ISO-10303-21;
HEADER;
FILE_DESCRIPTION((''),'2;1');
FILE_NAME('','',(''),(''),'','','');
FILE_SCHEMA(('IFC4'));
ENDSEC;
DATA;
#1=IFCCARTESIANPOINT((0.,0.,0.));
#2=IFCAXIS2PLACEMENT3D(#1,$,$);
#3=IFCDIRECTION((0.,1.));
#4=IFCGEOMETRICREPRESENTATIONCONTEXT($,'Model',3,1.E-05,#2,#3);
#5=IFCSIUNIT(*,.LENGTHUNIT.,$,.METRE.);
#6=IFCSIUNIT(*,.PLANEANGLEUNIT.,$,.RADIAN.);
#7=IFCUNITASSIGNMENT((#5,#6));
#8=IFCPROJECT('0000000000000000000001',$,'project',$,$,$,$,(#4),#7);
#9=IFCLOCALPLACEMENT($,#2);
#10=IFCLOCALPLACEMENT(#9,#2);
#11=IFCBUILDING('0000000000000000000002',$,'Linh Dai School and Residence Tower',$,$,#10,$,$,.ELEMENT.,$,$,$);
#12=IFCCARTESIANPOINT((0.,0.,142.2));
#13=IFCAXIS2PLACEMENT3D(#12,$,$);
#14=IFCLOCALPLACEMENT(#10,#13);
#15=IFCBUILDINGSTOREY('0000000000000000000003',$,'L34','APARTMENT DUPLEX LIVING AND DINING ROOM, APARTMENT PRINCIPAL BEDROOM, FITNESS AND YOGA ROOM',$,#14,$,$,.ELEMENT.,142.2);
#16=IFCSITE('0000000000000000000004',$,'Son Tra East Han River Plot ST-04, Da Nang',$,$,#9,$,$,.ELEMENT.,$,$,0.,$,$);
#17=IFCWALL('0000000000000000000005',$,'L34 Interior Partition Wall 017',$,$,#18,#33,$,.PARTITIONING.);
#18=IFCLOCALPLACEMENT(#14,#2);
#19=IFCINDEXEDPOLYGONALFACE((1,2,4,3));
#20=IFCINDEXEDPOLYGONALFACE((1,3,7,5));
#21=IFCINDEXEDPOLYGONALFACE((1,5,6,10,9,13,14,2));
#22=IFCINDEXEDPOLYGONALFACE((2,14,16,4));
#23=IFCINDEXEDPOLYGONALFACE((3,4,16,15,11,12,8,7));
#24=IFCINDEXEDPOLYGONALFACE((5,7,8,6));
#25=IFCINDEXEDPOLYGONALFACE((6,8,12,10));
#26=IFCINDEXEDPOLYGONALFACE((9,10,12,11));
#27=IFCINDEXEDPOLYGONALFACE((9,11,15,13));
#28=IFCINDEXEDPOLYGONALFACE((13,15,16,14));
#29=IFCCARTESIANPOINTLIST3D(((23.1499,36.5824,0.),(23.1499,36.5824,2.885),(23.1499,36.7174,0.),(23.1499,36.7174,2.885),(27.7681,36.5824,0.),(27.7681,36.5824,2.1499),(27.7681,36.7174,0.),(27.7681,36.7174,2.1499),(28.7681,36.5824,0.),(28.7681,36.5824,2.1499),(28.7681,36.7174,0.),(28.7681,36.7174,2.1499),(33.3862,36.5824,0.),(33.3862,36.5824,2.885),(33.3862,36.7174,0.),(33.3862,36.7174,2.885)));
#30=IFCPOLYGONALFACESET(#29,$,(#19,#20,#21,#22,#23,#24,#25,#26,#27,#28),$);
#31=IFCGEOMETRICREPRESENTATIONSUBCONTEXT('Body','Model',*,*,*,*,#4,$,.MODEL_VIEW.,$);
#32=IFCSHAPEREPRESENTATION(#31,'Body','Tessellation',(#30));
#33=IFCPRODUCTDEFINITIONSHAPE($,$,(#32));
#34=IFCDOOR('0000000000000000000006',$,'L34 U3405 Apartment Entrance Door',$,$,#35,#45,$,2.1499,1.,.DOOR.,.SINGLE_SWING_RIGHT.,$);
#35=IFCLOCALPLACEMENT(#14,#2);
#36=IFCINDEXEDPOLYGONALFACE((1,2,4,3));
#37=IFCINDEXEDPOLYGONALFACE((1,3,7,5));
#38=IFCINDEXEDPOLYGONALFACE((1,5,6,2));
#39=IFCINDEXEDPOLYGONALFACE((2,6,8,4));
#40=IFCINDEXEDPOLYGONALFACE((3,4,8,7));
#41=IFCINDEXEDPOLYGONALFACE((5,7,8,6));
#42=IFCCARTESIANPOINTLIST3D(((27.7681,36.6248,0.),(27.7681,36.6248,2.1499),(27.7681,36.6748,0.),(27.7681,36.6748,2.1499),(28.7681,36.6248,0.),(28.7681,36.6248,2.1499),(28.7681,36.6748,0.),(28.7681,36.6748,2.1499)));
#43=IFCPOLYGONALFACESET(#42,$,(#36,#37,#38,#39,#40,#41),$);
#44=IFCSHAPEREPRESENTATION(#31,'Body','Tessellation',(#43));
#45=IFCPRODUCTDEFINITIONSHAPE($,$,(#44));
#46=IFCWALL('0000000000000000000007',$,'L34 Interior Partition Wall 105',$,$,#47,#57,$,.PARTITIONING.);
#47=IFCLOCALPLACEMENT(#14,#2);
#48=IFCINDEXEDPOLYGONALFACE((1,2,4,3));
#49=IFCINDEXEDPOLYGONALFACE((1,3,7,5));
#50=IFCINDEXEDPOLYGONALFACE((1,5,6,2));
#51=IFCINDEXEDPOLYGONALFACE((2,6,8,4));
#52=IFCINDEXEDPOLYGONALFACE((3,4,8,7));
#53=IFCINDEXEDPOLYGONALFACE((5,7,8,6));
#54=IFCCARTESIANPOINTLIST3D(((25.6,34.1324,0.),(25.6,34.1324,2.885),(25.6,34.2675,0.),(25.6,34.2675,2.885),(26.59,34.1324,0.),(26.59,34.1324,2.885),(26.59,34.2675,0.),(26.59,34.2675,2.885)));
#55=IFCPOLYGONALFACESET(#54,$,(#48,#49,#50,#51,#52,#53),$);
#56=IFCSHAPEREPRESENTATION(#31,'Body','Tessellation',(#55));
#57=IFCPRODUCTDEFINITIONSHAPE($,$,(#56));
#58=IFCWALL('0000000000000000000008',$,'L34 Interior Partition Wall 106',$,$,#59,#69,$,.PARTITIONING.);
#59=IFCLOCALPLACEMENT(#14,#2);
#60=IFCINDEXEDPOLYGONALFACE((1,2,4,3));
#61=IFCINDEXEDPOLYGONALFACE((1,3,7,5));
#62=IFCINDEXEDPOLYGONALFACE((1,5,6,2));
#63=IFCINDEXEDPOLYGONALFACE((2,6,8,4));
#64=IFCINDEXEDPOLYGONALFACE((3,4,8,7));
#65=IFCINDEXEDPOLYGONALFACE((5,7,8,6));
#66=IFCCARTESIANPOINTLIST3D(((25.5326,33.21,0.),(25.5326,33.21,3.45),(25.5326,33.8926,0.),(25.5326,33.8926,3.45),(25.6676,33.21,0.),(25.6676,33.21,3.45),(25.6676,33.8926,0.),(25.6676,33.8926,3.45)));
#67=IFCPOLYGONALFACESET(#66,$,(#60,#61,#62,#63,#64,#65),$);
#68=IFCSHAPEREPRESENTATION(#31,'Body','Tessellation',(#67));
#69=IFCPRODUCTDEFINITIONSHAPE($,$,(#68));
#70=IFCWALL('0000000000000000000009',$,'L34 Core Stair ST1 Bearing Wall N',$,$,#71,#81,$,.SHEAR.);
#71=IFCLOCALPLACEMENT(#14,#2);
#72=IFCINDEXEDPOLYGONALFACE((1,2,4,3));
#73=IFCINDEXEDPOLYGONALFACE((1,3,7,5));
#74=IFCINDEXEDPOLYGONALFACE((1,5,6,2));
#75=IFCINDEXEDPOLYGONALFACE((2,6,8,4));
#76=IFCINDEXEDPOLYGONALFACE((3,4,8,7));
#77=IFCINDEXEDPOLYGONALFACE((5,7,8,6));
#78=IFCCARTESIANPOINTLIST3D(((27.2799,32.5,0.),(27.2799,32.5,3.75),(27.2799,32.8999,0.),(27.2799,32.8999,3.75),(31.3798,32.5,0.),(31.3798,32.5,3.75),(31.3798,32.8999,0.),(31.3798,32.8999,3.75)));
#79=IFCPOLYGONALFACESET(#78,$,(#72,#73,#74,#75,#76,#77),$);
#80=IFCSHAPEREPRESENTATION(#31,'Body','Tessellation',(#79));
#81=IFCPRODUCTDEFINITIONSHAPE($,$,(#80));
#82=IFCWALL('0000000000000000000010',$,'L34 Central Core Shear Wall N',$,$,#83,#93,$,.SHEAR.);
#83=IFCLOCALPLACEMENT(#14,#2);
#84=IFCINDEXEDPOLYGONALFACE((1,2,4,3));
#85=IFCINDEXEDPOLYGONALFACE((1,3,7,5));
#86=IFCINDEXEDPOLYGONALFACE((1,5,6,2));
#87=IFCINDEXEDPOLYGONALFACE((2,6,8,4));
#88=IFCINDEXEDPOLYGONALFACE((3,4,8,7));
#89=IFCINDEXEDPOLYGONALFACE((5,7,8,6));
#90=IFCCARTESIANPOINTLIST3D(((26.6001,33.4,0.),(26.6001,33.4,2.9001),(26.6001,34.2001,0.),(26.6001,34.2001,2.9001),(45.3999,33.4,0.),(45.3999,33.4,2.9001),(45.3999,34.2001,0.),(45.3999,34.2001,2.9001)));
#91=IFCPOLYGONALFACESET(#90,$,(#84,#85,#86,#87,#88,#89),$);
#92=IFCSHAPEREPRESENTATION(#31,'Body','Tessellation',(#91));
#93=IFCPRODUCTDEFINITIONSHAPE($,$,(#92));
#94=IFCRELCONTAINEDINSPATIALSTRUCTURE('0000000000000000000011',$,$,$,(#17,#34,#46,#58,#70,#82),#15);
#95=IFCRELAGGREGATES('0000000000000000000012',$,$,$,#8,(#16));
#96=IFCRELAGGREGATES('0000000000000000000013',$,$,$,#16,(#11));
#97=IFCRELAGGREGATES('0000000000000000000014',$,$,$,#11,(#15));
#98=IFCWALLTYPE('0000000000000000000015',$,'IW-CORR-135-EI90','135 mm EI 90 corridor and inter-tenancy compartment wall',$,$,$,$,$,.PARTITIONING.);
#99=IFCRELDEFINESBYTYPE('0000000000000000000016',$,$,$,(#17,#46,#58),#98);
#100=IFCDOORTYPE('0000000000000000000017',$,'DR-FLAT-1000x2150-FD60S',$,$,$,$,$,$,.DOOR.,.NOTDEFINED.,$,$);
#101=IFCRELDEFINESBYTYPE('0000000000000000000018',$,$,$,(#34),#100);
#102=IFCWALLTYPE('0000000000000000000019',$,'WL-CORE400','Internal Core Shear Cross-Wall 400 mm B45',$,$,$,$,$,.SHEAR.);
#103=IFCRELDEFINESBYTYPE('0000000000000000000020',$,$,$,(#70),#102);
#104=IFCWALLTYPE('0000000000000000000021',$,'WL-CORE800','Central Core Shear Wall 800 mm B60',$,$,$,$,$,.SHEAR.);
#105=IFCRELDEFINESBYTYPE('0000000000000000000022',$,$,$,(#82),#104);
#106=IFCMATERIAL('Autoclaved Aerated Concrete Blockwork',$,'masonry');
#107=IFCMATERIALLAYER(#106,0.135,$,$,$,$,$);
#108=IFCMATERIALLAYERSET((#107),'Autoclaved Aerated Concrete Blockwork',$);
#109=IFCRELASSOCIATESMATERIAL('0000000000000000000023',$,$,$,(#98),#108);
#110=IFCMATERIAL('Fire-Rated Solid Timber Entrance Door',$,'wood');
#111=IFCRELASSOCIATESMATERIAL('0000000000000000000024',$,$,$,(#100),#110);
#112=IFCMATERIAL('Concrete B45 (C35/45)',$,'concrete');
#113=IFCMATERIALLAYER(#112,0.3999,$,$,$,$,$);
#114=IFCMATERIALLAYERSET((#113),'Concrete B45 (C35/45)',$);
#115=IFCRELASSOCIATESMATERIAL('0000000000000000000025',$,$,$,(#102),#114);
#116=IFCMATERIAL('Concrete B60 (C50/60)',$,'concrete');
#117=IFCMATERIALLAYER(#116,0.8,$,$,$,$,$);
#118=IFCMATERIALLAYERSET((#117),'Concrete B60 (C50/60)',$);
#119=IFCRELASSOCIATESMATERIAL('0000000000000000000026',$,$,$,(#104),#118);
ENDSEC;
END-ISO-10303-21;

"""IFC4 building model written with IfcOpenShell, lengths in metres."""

from ifc_helpers import new_model, si_unit, direction, frame, frame_2d, origin, origin_2d, place, context, subcontext, project, spatial, rectangle, extrude, source, transform, mapped, material, layer, layer_set, type_object, element, fill, save


model = new_model("IFC4")

# Units and contexts
model_context = context("Model", 3, precision=1e-05, world=origin(), true_north=direction((0.0, 1.0)))
body_context = subcontext(model_context, "Body", "Model", "MODEL_VIEW")
ifc_project = project(units=[si_unit("LENGTHUNIT", "METRE"), si_unit("PLANEANGLEUNIT", "RADIAN")], contexts=[model_context])

# Site, building, storey
site_placement = place(None, origin())
site = spatial("IfcSite", under=ifc_project, at=site_placement, Name="Son Tra East Han River Plot ST-04, Da Nang", CompositionType="ELEMENT", RefElevation=0.0)
building_placement = place(site_placement, origin())
building = spatial("IfcBuilding", under=site, at=building_placement, Name="Linh Dai School and Residence Tower", CompositionType="ELEMENT")
storey_placement = place(building_placement, frame((0.0, 0.0, 142.2)))
storey = spatial("IfcBuildingStorey", under=building, at=storey_placement, Name="L34", Description="APARTMENT DUPLEX LIVING AND DINING ROOM, APARTMENT PRINCIPAL BEDROOM, FITNESS AND YOGA ROOM", CompositionType="ELEMENT", Elevation=142.2)

# Shared definitions
ifc_material_1 = material(Name="Concrete B60 (C50/60)", Category="concrete")

# Wall, opening, door
ifc_material_2 = material(Name="Autoclaved Aerated Concrete Blockwork", Category="masonry")
ifc_layer_1 = layer(ifc_material_2, 0.135)
ifc_layer_set_1 = layer_set([ifc_layer_1], Name="Autoclaved Aerated Concrete Blockwork")
wall_type_1 = type_object("IfcWallType", Name="IW-CORR-135-EI90", Description="135 mm EI 90 corridor and inter-tenancy compartment wall", PredefinedType="PARTITIONING", material=ifc_layer_set_1)
wall_1_placement = place(storey_placement, frame((23.1499, 36.6499, 0.0), z_axis=(0.0, 0.0, 1.0), x_axis=(1.0, 0.0, 0.0)))
wall_1 = element("IfcWall", 1, at=wall_1_placement, inside=storey, type_object=wall_type_1, Name="L34 Interior Partition Wall 017", PredefinedType="PARTITIONING", context=body_context, shape_type="SweptSolid", body=[
    extrude(rectangle(XDim=10.2363, YDim=0.135, at=frame_2d((5.1182, 0.0))), origin(), (0.0, 0.0, 1.0), 2.885),
])
opening_1_placement = place(wall_1_placement, frame((4.6182, 0.0, 0.0)))
opening_1 = element("IfcOpeningElement", 2, at=opening_1_placement, cuts=wall_1, PredefinedType="OPENING", context=body_context, shape_type="SweptSolid", body=[
    extrude(rectangle(XDim=1.0, YDim=2.1499, at=origin_2d()), frame((0.5, 0.0776, 1.075), z_axis=(0.0, -1.0, 0.0), x_axis=(1.0, 0.0, 0.0)), (0.0, 0.0, 1.0), 0.155),
])
ifc_material_3 = material(Name="Fire-Rated Solid Timber Entrance Door", Category="wood")
door_type = type_object("IfcDoorType", Name="DR-FLAT-1000x2150-FD60S", OperationType="NOTDEFINED", PredefinedType="DOOR", material=ifc_material_3)
shared_shape_1 = source(origin(), body_context, "Body", "SweptSolid", [
    extrude(rectangle(XDim=1.0, YDim=2.1499, at=origin_2d()), frame((0.5, 0.0249, 1.075), z_axis=(0.0, -1.0, 0.0), x_axis=(1.0, 0.0, 0.0)), (0.0, 0.0, 1.0), 0.05),
])
door_placement = place(opening_1_placement, origin())
door = element("IfcDoor", 3, at=door_placement, inside=storey, type_object=door_type, Name="L34 U3405 Apartment Entrance Door", OperationType="SINGLE_SWING_RIGHT", OverallHeight=2.1499, OverallWidth=1.0, PredefinedType="DOOR", context=body_context, shape_type="MappedRepresentation", body=[
    mapped(shared_shape_1, transform((0.0, 0.0, 0.0), x_axis=(1.0, 0.0, 0.0), y_axis=(0.0, 1.0, 0.0), z_axis=(0.0, 0.0, 1.0), scale=1.0)),
])
fill(opening_1, door)

# Walls
wall_2_placement = place(storey_placement, frame((26.5901, 34.2, 0.0), z_axis=(0.0, 0.0, 1.0), x_axis=(-1.0, 0.0, 0.0)))
element("IfcWall", 4, at=wall_2_placement, inside=storey, type_object=wall_type_1, Name="L34 Interior Partition Wall 105", PredefinedType="PARTITIONING", context=body_context, shape_type="SweptSolid", body=[
    extrude(rectangle(XDim=0.99, YDim=0.135, at=frame_2d((0.4951, 0.0))), origin(), (0.0, 0.0, 1.0), 2.885),
])
wall_3_placement = place(storey_placement, frame((25.6001, 33.8926, 0.0), z_axis=(0.0, 0.0, 1.0), x_axis=(0.0, -1.0, 0.0)))
element("IfcWall", 5, at=wall_3_placement, inside=storey, type_object=wall_type_1, Name="L34 Interior Partition Wall 106", PredefinedType="PARTITIONING", context=body_context, shape_type="SweptSolid", body=[
    extrude(rectangle(XDim=0.6826, YDim=0.135, at=frame_2d((0.3413, 0.0))), origin(), (0.0, 0.0, 1.0), 3.45),
])
ifc_material_4 = material(Name="Concrete B45 (C35/45)", Category="concrete")
ifc_layer_2 = layer(ifc_material_4, 0.3999)
ifc_layer_set_2 = layer_set([ifc_layer_2], Name="Concrete B45 (C35/45)")
wall_type_2 = type_object("IfcWallType", Name="WL-CORE400", Description="Internal Core Shear Cross-Wall 400 mm B45", PredefinedType="SHEAR", material=ifc_layer_set_2)
wall_4_placement = place(storey_placement, frame((27.28, 32.7, 0.0), z_axis=(0.0, 0.0, 1.0), x_axis=(1.0, 0.0, 0.0)))
element("IfcWall", 6, at=wall_4_placement, inside=storey, type_object=wall_type_2, Name="L34 Core Stair ST1 Bearing Wall N", PredefinedType="SHEAR", context=body_context, shape_type="SweptSolid", body=[
    extrude(rectangle(XDim=4.0999, YDim=0.3999, at=frame_2d((2.0498, 0.0))), origin(), (0.0, 0.0, 1.0), 3.75),
])
ifc_layer_3 = layer(ifc_material_1, 0.8)
ifc_layer_set_3 = layer_set([ifc_layer_3], Name="Concrete B60 (C50/60)")
wall_type_3 = type_object("IfcWallType", Name="WL-CORE800", Description="Central Core Shear Wall 800 mm B60", PredefinedType="SHEAR", material=ifc_layer_set_3)
wall_5_placement = place(storey_placement, frame((26.6001, 33.8, 0.0), z_axis=(0.0, 0.0, 1.0), x_axis=(1.0, 0.0, 0.0)))
element("IfcWall", 7, at=wall_5_placement, inside=storey, type_object=wall_type_3, Name="L34 Central Core Shear Wall N", PredefinedType="SHEAR", context=body_context, shape_type="SweptSolid", body=[
    extrude(rectangle(XDim=18.7998, YDim=0.8, at=frame_2d((9.3999, 0.0))), origin(), (0.0, 0.0, 1.0), 2.9001),
])

save(model, "model.ifc")
